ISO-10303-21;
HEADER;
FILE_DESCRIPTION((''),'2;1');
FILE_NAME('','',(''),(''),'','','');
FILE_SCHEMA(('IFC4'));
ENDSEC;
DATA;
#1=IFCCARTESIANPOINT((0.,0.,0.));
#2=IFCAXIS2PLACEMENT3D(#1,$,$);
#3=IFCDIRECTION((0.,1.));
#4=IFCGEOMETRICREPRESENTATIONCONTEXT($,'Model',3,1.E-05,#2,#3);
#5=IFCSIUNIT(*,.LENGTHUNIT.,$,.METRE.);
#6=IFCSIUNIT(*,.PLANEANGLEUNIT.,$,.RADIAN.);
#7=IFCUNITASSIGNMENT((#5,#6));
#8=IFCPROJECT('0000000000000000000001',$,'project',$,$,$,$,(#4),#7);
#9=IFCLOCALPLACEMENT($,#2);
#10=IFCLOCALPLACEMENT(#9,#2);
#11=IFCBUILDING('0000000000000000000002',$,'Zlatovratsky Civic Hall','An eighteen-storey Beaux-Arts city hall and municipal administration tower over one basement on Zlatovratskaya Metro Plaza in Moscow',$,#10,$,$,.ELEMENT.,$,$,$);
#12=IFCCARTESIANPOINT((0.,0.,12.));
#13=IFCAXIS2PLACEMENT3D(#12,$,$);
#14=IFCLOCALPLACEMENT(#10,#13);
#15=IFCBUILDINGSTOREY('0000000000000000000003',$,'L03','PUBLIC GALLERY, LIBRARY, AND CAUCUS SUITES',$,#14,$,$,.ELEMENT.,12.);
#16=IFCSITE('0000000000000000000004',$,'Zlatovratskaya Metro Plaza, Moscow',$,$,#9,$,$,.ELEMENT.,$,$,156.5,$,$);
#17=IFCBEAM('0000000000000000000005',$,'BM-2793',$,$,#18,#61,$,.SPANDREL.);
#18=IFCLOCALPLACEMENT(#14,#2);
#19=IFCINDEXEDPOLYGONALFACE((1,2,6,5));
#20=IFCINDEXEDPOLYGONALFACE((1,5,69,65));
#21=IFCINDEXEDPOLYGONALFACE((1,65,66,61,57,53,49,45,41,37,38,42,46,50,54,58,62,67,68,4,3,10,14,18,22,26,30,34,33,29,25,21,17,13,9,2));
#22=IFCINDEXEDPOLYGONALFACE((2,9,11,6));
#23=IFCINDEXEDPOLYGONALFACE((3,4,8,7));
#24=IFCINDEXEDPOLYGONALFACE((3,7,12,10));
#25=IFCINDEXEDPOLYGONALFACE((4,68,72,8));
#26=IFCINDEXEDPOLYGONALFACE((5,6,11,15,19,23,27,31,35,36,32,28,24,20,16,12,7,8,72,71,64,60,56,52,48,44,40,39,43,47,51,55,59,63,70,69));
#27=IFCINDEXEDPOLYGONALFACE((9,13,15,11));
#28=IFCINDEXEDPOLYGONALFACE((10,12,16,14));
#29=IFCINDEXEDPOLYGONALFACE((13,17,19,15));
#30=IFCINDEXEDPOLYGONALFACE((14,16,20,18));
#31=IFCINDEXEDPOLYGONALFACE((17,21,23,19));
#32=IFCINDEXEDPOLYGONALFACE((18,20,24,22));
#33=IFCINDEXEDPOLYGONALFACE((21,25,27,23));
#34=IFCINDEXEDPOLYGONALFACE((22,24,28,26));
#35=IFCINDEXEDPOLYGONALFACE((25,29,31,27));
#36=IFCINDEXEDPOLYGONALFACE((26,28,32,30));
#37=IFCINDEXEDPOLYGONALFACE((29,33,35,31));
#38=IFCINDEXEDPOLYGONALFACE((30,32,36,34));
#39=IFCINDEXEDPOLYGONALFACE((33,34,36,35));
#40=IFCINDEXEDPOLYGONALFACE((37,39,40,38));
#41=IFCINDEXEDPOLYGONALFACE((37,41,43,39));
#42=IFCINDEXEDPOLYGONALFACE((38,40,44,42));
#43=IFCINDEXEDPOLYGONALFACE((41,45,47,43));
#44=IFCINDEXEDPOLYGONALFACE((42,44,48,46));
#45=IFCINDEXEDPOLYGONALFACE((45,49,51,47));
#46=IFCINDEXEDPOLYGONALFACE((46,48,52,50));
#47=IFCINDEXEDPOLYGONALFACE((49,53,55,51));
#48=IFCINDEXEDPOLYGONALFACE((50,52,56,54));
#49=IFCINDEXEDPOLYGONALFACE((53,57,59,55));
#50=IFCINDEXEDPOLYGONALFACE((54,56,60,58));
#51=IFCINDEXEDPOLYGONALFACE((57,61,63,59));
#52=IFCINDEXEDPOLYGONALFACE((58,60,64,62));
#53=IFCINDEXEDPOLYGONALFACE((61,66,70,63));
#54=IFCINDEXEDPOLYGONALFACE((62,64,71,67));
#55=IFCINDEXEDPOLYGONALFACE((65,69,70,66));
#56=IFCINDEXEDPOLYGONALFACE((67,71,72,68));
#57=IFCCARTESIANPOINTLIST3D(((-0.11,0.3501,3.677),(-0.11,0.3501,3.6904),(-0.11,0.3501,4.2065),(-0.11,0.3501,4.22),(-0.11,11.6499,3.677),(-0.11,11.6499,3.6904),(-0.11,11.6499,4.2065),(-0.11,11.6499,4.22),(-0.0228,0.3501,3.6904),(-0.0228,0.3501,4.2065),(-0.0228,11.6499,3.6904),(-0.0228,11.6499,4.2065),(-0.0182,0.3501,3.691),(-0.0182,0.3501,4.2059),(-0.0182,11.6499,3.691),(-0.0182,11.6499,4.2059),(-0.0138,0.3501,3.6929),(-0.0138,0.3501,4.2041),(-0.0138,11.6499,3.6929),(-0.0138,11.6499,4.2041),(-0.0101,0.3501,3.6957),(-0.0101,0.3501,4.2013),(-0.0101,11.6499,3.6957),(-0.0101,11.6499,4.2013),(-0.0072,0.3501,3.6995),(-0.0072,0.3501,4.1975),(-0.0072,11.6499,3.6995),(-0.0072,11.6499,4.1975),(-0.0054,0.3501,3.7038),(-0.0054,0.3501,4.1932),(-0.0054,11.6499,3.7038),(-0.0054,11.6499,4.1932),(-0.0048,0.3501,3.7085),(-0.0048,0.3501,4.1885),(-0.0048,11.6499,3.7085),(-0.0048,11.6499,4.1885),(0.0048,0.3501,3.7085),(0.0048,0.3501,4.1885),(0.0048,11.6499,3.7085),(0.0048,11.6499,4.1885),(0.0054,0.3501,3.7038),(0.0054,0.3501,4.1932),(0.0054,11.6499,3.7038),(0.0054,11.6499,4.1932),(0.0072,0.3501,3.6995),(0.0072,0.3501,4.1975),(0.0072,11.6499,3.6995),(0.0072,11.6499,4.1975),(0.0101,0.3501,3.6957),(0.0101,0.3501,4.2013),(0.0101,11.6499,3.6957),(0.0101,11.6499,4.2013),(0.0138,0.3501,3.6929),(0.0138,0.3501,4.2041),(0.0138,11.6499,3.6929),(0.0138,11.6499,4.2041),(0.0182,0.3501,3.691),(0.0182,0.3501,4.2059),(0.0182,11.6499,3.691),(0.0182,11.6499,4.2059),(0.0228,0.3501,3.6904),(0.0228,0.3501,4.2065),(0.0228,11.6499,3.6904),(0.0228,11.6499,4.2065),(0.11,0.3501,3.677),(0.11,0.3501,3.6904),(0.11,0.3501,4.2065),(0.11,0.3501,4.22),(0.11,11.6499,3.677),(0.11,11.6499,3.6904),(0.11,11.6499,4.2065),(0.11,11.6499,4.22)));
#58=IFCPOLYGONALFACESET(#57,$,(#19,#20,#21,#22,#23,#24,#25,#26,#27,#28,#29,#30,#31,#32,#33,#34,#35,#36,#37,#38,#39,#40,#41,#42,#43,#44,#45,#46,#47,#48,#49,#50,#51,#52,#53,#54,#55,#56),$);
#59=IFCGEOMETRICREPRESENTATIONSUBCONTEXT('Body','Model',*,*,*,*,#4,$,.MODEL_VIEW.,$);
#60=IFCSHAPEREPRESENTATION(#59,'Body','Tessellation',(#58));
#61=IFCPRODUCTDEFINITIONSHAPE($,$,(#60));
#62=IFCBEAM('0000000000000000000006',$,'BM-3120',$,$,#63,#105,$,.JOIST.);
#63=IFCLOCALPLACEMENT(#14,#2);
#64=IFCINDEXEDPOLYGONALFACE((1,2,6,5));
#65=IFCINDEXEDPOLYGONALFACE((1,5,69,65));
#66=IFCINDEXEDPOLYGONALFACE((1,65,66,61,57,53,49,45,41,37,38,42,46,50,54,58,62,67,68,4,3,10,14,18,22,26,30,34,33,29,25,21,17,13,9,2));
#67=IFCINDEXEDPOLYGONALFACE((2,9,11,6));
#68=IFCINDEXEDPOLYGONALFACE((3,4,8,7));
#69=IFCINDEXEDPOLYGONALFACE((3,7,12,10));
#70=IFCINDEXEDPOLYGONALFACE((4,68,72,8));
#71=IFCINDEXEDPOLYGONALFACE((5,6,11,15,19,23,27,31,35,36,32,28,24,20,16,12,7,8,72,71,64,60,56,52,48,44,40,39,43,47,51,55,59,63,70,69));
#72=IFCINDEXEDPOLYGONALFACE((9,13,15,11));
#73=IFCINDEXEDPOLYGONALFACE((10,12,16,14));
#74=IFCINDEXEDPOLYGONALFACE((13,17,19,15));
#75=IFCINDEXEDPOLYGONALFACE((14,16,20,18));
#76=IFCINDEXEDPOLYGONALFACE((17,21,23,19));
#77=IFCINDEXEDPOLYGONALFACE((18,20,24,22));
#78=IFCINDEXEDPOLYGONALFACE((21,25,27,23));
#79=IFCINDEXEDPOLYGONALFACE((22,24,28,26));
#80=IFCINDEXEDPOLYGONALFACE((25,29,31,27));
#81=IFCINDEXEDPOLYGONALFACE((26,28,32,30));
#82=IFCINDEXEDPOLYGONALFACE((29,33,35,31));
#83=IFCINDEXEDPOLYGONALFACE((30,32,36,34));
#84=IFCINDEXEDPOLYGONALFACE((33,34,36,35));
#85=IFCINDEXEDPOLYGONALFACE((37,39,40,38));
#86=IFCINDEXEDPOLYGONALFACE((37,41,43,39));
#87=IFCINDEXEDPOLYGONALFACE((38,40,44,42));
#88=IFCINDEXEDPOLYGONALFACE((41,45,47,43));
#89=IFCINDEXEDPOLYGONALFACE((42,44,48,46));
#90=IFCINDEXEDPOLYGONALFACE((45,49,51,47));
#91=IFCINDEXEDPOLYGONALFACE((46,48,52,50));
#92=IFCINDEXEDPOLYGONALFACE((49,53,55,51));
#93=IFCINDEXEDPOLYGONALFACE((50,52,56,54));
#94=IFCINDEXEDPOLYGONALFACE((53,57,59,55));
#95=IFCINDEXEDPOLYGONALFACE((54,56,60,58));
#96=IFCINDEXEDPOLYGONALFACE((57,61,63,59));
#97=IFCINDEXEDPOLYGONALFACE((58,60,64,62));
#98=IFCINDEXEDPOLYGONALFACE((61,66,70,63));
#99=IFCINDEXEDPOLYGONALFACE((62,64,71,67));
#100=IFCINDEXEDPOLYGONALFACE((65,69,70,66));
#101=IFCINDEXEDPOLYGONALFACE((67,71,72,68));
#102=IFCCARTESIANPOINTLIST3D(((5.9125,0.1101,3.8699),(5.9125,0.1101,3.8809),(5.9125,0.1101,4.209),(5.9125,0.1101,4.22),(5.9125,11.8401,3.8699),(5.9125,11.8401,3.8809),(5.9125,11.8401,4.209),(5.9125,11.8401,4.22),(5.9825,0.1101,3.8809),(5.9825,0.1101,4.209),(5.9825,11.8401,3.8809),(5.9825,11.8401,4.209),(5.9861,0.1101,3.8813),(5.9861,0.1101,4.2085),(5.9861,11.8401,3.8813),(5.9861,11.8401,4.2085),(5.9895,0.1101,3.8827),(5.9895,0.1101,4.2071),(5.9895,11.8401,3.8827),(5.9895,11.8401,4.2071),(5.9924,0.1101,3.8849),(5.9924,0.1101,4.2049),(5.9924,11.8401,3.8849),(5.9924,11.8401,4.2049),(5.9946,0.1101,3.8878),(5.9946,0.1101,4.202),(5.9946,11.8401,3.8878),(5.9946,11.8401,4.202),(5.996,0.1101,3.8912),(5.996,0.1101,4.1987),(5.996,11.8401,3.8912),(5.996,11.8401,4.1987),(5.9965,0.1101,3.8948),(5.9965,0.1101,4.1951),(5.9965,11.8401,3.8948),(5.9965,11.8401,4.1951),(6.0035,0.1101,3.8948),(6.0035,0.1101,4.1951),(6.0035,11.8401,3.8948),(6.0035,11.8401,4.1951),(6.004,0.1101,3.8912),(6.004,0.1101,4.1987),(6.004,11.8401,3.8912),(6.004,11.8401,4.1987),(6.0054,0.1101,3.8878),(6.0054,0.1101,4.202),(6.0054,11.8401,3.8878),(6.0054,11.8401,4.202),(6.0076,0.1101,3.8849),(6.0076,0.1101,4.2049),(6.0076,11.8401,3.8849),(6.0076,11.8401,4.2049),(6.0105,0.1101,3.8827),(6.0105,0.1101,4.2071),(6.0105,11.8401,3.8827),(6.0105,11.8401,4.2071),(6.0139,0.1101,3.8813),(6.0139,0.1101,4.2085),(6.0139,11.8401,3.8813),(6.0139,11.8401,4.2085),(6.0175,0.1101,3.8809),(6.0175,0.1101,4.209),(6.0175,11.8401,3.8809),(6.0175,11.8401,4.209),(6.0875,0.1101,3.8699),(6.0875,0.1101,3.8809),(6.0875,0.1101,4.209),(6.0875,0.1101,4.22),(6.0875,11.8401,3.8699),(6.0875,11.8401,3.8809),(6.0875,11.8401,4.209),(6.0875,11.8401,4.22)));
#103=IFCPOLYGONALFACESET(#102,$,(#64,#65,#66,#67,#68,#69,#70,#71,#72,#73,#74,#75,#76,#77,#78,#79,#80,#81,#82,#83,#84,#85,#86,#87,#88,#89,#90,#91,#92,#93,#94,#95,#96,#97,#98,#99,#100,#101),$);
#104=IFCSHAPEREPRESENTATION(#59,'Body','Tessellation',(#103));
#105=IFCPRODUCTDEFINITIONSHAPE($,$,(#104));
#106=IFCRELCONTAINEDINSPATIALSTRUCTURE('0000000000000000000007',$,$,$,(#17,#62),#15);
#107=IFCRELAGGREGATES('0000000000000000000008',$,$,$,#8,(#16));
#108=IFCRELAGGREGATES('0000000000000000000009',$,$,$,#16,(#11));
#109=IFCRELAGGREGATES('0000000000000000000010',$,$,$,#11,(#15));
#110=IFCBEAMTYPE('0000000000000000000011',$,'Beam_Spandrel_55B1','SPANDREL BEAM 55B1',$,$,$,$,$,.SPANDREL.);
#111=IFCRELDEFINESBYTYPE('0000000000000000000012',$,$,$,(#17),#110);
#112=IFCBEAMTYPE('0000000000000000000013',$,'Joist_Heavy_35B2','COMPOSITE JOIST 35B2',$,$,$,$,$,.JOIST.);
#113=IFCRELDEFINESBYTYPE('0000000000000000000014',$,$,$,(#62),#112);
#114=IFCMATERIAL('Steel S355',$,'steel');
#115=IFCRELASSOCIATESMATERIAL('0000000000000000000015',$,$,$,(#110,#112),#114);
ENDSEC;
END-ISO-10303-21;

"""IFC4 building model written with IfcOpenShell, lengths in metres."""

from ifc_helpers import new_model, si_unit, direction, frame, origin, origin_2d, place, context, subcontext, project, spatial, i_section, extrude, material, material_profile, profile_set, type_object, element, save


model = new_model("IFC4")

# Units and contexts
model_context = context("Model", 3, precision=1e-05, world=origin(), true_north=direction((0.0, 1.0)))
body_context = subcontext(model_context, "Body", "Model", "MODEL_VIEW")
ifc_project = project(units=[si_unit("LENGTHUNIT", "METRE"), si_unit("PLANEANGLEUNIT", "RADIAN")], contexts=[model_context])

# Site, building, storey
site_placement = place(None, origin())
site = spatial("IfcSite", under=ifc_project, at=site_placement, Name="Zlatovratskaya Metro Plaza, Moscow", CompositionType="ELEMENT", RefElevation=156.5)
building_placement = place(site_placement, origin())
building = spatial("IfcBuilding", under=site, at=building_placement, Name="Zlatovratsky Civic Hall", Description="An eighteen-storey Beaux-Arts city hall and municipal administration tower over one basement on Zlatovratskaya Metro Plaza in Moscow", CompositionType="ELEMENT")
storey_placement = place(building_placement, frame((0.0, 0.0, 12.0)))
storey = spatial("IfcBuildingStorey", under=building, at=storey_placement, Name="L03", Description="PUBLIC GALLERY, LIBRARY, AND CAUCUS SUITES", CompositionType="ELEMENT", Elevation=12.0)

# Shared definitions
ifc_material_1 = material(Name="Steel S355", Category="steel")

# Beams
ifc_material_profile_1 = material_profile(ifc_material_1, i_section(OverallWidth=0.22, OverallDepth=0.543, WebThickness=0.0095, FlangeThickness=0.0134, FilletRadius=0.0181, at=origin_2d()), Name="55B1")
ifc_profile_set_1 = profile_set([ifc_material_profile_1], Name="Steel S355")
beam_type_1 = type_object("IfcBeamType", Name="Beam_Spandrel_55B1", Description="SPANDREL BEAM 55B1", PredefinedType="SPANDREL", material=ifc_profile_set_1)
for number, where, z_axis, x_axis, name in (
    (1, (0.0, 0.3501, 3.9485), (0.0, 1.0, 0.0), (-1.0, 0.0, 0.0), "BM-2793"),
):
    element("IfcBeam", number, at=place(storey_placement, frame(where, z_axis=z_axis, x_axis=x_axis)), inside=storey, type_object=beam_type_1, Name=name, PredefinedType="SPANDREL", context=body_context, shape_type="SweptSolid", body=[
        extrude(i_section(OverallWidth=0.22, OverallDepth=0.543, WebThickness=0.0095, FlangeThickness=0.0134, FilletRadius=0.0181, at=origin_2d()), origin(), (0.0, 0.0, 1.0), 11.2998),
    ])
ifc_material_profile_2 = material_profile(ifc_material_1, i_section(OverallWidth=0.175, OverallDepth=0.3501, WebThickness=0.0071, FlangeThickness=0.011, FilletRadius=0.0139, at=origin_2d()), Name="35B2")
ifc_profile_set_2 = profile_set([ifc_material_profile_2], Name="Steel S355")
beam_type_2 = type_object("IfcBeamType", Name="Joist_Heavy_35B2", Description="COMPOSITE JOIST 35B2", PredefinedType="JOIST", material=ifc_profile_set_2)
beam_1_placement = place(storey_placement, frame((6.0, 0.1101, 4.0449), z_axis=(0.0, 1.0, 0.0), x_axis=(-1.0, 0.0, 0.0)))
element("IfcBeam", 2, at=beam_1_placement, inside=storey, type_object=beam_type_2, Name="BM-3120", PredefinedType="JOIST", context=body_context, shape_type="SweptSolid", body=[
    extrude(i_section(OverallWidth=0.175, OverallDepth=0.3501, WebThickness=0.0071, FlangeThickness=0.011, FilletRadius=0.0139, at=origin_2d()), origin(), (0.0, 0.0, 1.0), 11.73),
])

save(model, "model.ifc")
